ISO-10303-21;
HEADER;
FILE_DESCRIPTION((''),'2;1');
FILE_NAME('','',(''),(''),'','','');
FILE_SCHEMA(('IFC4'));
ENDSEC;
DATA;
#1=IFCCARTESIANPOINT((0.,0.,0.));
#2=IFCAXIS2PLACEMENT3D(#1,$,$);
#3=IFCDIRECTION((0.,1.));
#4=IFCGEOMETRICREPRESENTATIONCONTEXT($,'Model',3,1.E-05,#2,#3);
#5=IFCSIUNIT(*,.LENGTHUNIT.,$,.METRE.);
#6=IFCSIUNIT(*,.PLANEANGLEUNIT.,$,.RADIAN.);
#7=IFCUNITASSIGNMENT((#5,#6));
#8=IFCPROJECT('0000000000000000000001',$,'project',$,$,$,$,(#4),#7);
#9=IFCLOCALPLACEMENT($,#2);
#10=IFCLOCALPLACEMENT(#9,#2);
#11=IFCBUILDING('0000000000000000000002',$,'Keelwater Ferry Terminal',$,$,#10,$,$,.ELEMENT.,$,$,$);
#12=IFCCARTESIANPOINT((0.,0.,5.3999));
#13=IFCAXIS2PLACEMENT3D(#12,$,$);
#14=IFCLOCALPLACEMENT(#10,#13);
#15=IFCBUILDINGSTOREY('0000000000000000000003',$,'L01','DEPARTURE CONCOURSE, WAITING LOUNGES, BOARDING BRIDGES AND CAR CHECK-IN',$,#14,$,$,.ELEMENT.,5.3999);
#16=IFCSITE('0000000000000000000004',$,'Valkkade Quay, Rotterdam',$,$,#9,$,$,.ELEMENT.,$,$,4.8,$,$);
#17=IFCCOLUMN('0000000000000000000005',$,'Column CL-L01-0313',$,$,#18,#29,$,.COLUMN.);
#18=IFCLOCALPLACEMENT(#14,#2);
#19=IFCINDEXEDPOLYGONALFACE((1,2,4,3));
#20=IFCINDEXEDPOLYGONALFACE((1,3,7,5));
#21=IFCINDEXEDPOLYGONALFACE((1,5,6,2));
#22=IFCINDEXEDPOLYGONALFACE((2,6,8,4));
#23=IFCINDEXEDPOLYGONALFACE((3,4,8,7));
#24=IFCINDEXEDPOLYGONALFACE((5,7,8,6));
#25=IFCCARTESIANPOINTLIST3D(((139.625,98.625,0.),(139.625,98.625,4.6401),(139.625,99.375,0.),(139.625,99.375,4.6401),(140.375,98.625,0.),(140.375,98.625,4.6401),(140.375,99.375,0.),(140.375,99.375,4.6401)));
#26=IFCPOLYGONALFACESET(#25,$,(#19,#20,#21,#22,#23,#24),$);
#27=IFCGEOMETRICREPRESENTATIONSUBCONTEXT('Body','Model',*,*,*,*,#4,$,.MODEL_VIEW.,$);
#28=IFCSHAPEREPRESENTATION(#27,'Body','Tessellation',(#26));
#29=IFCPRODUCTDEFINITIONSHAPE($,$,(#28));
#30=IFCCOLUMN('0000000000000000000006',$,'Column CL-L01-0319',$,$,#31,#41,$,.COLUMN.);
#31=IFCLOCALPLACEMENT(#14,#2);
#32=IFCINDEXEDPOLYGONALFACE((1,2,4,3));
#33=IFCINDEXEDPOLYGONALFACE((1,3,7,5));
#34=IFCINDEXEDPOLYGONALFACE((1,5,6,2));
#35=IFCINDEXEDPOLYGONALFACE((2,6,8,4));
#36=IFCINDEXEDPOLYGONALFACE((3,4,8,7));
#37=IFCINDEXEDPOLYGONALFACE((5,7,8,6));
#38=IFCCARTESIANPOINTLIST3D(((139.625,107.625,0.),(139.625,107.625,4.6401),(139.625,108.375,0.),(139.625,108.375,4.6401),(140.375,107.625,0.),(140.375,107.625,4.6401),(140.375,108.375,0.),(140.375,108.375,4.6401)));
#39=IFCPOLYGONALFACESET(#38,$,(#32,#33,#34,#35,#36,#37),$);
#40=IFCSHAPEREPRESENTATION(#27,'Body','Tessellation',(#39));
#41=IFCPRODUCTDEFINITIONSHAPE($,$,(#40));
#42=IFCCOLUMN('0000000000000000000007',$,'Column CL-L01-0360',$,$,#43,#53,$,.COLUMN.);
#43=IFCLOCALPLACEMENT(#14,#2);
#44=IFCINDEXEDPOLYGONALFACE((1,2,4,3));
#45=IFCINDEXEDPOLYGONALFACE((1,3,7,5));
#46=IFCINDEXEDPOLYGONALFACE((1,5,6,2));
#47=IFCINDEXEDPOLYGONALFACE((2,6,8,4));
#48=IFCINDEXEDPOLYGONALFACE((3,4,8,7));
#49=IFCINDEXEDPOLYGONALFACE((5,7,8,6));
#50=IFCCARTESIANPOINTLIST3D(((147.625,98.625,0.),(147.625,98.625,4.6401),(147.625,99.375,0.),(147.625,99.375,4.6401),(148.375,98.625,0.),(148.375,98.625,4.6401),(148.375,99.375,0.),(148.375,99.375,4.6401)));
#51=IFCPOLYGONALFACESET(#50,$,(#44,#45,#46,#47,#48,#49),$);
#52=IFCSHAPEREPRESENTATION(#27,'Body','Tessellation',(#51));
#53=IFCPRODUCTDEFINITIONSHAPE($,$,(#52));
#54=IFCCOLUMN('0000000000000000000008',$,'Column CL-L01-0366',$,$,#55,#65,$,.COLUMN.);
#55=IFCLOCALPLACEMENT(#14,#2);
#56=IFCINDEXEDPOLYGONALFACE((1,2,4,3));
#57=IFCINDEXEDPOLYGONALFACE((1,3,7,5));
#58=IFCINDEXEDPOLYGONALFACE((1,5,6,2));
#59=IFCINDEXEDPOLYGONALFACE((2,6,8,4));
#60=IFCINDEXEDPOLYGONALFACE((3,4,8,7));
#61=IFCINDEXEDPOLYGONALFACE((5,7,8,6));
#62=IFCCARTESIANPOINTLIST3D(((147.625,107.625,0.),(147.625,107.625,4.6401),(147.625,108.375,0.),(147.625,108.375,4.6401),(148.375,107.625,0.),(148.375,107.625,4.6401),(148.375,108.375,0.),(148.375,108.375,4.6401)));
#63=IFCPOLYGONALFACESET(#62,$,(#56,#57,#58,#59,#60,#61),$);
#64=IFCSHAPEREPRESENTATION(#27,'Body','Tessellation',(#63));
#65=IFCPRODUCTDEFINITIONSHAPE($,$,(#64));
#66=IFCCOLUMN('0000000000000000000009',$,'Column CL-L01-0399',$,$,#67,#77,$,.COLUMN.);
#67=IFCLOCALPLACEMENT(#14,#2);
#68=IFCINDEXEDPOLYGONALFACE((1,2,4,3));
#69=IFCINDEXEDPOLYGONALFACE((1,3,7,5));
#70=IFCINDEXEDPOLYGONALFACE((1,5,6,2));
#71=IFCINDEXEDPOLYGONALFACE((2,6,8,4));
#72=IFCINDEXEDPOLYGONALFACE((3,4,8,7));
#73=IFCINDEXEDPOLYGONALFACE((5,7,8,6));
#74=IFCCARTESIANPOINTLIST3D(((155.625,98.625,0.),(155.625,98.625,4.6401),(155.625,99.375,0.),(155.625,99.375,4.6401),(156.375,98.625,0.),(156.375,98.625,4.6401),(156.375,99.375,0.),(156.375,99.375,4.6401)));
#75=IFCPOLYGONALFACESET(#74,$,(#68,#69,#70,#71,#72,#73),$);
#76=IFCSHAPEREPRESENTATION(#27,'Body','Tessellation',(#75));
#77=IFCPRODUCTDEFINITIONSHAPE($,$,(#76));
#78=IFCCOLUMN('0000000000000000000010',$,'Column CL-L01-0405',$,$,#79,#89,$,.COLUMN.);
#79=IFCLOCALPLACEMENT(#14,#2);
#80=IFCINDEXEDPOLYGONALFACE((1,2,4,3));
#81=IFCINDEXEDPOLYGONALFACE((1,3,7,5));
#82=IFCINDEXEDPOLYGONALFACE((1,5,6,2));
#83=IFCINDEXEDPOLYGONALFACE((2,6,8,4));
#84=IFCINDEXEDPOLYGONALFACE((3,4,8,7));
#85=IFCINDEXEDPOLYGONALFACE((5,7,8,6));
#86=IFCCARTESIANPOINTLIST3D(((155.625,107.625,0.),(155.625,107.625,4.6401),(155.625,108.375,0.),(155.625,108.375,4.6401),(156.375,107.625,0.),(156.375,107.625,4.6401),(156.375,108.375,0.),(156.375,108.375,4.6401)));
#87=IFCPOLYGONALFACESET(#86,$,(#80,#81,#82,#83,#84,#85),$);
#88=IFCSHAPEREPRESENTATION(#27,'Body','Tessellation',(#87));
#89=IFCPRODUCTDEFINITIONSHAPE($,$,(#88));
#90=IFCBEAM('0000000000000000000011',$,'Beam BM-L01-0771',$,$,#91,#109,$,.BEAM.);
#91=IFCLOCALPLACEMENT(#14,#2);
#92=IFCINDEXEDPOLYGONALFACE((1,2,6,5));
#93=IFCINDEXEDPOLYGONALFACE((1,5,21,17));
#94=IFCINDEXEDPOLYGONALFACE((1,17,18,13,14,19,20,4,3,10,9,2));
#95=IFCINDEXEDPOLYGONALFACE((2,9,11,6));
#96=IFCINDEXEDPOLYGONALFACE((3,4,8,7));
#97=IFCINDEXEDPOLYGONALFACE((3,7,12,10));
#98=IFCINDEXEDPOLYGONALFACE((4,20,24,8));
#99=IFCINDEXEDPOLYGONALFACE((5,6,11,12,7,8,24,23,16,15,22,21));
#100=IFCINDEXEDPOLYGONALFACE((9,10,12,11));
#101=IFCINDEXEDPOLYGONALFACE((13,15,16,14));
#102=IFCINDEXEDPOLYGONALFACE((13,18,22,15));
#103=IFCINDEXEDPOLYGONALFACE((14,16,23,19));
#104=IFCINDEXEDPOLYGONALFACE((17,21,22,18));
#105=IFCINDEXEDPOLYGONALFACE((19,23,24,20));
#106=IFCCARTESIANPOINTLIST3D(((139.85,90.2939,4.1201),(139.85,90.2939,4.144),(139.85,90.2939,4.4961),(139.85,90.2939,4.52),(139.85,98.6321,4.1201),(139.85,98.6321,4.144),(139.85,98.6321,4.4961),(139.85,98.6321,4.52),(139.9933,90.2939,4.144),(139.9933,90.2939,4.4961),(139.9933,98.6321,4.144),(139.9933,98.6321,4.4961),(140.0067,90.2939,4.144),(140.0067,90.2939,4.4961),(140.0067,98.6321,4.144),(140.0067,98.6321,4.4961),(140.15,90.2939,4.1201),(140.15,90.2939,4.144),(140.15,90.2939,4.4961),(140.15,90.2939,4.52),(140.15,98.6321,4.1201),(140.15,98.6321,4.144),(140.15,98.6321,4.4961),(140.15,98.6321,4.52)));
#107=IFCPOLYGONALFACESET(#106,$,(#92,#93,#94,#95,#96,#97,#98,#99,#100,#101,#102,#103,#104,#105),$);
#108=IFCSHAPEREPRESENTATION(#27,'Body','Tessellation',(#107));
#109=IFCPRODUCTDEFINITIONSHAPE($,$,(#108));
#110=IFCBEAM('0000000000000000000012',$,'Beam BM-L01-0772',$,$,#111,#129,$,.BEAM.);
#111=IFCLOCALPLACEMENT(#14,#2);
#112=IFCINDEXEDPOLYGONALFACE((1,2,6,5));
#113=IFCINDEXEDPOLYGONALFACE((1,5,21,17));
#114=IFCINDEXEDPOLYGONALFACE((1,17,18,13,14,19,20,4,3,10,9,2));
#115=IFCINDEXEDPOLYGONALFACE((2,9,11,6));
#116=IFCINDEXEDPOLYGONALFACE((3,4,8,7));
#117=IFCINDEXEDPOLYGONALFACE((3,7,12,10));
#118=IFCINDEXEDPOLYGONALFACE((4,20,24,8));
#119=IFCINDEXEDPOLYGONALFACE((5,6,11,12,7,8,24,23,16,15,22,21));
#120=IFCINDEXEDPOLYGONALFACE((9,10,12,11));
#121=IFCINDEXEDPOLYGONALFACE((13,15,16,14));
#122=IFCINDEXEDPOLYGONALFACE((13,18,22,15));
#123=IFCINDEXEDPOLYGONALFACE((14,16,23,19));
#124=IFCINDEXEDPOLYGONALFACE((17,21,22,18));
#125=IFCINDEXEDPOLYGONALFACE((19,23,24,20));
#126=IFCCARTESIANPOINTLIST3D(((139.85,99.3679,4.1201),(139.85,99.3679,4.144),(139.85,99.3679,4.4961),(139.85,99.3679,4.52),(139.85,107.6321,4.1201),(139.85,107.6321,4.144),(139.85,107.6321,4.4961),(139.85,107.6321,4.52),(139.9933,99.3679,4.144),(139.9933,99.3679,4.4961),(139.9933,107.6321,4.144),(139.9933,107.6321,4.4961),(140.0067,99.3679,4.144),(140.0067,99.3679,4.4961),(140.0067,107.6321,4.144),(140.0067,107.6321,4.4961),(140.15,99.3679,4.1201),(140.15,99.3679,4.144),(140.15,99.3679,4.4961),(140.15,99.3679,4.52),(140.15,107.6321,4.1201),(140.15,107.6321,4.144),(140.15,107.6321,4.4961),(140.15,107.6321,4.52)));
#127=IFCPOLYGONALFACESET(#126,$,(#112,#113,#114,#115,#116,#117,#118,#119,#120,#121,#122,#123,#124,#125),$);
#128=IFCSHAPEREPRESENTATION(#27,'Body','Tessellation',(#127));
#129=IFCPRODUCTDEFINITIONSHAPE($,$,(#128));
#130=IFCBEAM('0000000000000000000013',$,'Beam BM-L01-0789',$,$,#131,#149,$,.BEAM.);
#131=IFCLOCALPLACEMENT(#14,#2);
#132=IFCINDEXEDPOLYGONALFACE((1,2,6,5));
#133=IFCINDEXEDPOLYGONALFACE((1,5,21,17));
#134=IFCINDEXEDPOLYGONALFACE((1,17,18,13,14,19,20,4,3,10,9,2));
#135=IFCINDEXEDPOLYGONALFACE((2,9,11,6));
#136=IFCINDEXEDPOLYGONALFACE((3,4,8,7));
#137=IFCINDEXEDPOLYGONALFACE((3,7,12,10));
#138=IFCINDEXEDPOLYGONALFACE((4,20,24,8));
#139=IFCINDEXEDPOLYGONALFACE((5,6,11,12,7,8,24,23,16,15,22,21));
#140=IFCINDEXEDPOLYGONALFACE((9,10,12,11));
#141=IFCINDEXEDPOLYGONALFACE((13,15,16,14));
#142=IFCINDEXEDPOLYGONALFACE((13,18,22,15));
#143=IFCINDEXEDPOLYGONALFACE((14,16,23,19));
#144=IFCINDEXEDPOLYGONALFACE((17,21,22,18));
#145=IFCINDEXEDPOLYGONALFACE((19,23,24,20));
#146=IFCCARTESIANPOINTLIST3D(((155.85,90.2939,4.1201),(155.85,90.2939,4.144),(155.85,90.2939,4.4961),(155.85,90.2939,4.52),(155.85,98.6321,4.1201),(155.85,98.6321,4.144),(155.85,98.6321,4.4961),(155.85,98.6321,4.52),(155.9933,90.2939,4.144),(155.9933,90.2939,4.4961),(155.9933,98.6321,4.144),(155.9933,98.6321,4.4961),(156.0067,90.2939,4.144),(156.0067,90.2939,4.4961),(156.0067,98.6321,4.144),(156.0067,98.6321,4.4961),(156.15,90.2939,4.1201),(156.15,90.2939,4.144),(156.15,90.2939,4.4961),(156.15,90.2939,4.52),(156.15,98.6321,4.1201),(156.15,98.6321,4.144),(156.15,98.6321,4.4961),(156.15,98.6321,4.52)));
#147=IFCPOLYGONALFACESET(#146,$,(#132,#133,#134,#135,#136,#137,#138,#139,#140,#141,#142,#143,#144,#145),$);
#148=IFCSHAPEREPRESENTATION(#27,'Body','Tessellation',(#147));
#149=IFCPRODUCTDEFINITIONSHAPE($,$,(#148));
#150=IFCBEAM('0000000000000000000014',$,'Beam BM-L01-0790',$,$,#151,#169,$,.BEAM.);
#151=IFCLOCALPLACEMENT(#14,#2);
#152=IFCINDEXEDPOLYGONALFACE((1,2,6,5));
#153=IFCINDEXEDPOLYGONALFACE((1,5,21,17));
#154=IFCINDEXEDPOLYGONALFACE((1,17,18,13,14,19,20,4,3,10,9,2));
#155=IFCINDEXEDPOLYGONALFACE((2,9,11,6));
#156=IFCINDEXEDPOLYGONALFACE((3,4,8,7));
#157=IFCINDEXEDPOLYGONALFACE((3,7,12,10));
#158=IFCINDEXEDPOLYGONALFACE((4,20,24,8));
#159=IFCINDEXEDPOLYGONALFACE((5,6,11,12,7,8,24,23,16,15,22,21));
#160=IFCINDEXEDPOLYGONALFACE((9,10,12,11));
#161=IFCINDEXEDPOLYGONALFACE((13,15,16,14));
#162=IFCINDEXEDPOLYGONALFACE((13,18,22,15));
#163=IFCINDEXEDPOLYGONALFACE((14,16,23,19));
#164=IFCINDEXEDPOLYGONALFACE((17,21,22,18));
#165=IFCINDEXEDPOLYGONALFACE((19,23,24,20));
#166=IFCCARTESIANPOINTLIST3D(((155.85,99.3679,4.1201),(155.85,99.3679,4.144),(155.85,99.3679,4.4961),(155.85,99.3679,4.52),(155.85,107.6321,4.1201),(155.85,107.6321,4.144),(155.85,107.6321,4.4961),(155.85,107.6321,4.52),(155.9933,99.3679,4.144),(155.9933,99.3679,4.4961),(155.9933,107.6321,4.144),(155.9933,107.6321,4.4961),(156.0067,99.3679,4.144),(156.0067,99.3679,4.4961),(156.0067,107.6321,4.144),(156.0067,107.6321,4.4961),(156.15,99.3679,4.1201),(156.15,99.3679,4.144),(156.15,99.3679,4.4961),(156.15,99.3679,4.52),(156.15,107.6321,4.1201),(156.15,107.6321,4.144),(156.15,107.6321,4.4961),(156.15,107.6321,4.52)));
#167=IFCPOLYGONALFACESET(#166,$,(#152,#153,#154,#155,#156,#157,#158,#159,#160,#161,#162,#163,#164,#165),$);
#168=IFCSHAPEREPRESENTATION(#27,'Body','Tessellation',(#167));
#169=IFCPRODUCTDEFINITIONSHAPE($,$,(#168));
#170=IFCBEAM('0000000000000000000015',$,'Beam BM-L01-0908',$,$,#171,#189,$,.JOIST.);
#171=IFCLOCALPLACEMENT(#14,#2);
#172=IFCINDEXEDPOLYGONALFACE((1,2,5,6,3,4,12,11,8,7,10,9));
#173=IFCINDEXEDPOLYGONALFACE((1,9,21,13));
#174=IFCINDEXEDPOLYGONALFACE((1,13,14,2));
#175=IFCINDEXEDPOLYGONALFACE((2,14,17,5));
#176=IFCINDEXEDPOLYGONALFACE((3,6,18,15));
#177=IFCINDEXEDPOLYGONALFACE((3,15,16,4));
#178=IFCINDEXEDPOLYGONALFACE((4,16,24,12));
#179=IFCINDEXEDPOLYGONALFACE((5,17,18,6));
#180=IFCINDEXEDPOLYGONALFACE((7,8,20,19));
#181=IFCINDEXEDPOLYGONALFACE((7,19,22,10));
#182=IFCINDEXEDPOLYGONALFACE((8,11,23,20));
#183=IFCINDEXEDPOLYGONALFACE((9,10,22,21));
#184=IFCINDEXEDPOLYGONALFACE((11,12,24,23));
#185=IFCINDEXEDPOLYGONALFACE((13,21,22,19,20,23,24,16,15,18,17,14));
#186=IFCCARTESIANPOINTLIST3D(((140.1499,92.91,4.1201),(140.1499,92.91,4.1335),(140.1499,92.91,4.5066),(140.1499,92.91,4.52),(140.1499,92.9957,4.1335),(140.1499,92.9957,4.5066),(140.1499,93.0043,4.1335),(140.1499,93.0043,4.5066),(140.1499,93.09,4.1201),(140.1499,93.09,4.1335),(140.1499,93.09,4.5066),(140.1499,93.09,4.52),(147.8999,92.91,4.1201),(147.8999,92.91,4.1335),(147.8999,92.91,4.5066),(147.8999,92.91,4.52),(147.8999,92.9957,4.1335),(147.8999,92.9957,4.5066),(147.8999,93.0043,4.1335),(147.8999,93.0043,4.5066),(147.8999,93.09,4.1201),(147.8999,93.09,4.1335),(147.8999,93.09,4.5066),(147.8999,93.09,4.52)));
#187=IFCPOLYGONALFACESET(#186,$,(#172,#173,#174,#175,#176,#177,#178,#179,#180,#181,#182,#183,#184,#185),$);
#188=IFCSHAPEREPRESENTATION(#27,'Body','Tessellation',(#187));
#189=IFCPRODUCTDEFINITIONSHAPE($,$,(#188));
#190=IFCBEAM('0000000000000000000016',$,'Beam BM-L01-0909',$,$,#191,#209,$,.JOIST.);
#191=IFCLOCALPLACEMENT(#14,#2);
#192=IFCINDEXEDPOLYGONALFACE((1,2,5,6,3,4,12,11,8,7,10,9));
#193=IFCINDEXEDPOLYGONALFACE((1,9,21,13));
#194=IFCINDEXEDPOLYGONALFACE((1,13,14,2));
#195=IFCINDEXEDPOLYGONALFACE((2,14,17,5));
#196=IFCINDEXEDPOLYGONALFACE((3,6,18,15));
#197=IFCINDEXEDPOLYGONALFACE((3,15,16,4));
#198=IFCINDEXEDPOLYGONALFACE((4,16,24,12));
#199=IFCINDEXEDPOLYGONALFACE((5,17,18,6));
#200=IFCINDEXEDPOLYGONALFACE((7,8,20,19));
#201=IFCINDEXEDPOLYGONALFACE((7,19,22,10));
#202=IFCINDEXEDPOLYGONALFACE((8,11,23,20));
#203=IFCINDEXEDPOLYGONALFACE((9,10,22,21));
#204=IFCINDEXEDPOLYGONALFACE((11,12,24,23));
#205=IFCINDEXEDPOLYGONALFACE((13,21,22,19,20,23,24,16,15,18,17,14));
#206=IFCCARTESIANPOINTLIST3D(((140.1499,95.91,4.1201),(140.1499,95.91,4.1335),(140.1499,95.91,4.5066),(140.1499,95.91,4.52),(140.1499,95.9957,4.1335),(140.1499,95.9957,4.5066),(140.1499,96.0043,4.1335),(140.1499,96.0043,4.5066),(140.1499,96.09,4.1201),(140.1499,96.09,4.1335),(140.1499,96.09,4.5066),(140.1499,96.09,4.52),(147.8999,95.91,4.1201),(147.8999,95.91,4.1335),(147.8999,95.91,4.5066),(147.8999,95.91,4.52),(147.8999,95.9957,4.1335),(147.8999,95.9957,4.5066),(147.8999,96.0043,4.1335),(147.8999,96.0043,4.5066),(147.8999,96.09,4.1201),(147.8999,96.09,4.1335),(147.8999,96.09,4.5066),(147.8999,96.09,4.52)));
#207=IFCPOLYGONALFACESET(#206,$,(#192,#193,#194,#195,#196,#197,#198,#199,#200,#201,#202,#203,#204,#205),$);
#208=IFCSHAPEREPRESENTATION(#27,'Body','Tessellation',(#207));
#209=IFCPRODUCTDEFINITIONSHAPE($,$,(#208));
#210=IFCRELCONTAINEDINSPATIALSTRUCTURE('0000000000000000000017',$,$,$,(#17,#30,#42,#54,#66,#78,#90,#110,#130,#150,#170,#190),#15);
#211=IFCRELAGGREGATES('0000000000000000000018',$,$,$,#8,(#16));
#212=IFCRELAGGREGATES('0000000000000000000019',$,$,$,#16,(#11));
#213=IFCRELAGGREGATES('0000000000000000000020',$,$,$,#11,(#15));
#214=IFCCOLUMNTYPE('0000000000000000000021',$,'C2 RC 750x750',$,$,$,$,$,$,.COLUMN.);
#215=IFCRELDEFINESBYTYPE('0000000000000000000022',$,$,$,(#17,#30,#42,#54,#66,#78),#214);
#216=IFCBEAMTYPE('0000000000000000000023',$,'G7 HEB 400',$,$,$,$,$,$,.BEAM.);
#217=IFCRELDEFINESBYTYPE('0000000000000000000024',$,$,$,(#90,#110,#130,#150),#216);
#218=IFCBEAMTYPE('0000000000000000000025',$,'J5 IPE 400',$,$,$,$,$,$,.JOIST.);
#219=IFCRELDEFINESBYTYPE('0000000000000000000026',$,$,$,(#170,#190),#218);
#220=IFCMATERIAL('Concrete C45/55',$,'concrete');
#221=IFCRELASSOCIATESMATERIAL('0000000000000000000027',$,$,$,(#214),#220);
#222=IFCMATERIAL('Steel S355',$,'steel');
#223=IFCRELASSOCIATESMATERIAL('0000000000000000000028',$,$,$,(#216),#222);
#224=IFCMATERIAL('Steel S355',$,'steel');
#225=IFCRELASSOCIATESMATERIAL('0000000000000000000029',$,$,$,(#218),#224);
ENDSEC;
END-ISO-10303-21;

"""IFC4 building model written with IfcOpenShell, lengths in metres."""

from ifc_helpers import new_model, si_unit, direction, frame, origin, origin_2d, place, context, subcontext, project, spatial, rectangle, i_section, extrude, material, material_profile, profile_set, type_object, element, save


model = new_model("IFC4")

# Units and contexts
model_context = context("Model", 3, precision=1e-05, world=origin(), true_north=direction((0.0, 1.0)))
body_context = subcontext(model_context, "Body", "Model", "MODEL_VIEW")
ifc_project = project(units=[si_unit("LENGTHUNIT", "METRE"), si_unit("PLANEANGLEUNIT", "RADIAN")], contexts=[model_context])

# Site, building, storey
site_placement = place(None, origin())
site = spatial("IfcSite", under=ifc_project, at=site_placement, Name="Valkkade Quay, Rotterdam", CompositionType="ELEMENT", RefElevation=4.8)
building_placement = place(site_placement, origin())
building = spatial("IfcBuilding", under=site, at=building_placement, Name="Keelwater Ferry Terminal", CompositionType="ELEMENT")
storey_placement = place(building_placement, frame((0.0, 0.0, 5.3999)))
storey = spatial("IfcBuildingStorey", under=building, at=storey_placement, Name="L01", Description="DEPARTURE CONCOURSE, WAITING LOUNGES, BOARDING BRIDGES AND CAR CHECK-IN", CompositionType="ELEMENT", Elevation=5.3999)

# Columns
ifc_material_1 = material(Name="Concrete C45/55", Category="concrete")
ifc_material_profile_1 = material_profile(ifc_material_1, rectangle(XDim=0.75, YDim=0.75, at=origin_2d()), Name="RC 750x750")
ifc_profile_set_1 = profile_set([ifc_material_profile_1], Name="Concrete C45/55")
column_type = type_object("IfcColumnType", Name="C2 RC 750x750", PredefinedType="COLUMN", material=ifc_profile_set_1)
for number, where, z_axis, x_axis, name in (
    (1, (140.0, 99.0, 0.0), (0.0, 0.0, 1.0), (1.0, 0.0, 0.0), "Column CL-L01-0313"),
    (2, (140.0, 108.0, 0.0), (0.0, 0.0, 1.0), (1.0, 0.0, 0.0), "Column CL-L01-0319"),
    (3, (148.0, 99.0, 0.0), (0.0, 0.0, 1.0), (1.0, 0.0, 0.0), "Column CL-L01-0360"),
    (4, (148.0, 108.0, 0.0), (0.0, 0.0, 1.0), (1.0, 0.0, 0.0), "Column CL-L01-0366"),
    (5, (156.0, 99.0, 0.0), (0.0, 0.0, 1.0), (1.0, 0.0, 0.0), "Column CL-L01-0399"),
    (6, (156.0, 108.0, 0.0), (0.0, 0.0, 1.0), (1.0, 0.0, 0.0), "Column CL-L01-0405"),
):
    element("IfcColumn", number, at=place(storey_placement, frame(where, z_axis=z_axis, x_axis=x_axis)), inside=storey, type_object=column_type, Name=name, PredefinedType="COLUMN", context=body_context, shape_type="SweptSolid", body=[
        extrude(rectangle(XDim=0.75, YDim=0.75, at=origin_2d()), origin(), (0.0, 0.0, 1.0), 4.6401),
    ])

# Beams
ifc_material_2 = material(Name="Steel S355", Category="steel")
ifc_material_profile_2 = material_profile(ifc_material_2, i_section(OverallWidth=0.3, OverallDepth=0.3999, WebThickness=0.0134, FlangeThickness=0.0239, at=origin_2d()), Name="HEB 400")
ifc_profile_set_2 = profile_set([ifc_material_profile_2], Name="Steel S355")
beam_type_1 = type_object("IfcBeamType", Name="G7 HEB 400", PredefinedType="BEAM", material=ifc_profile_set_2)
beam_1_placement = place(storey_placement, frame((140.0, 90.2939, 4.3201), z_axis=(0.0, 1.0, 0.0), x_axis=(-1.0, 0.0, 0.0)))
element("IfcBeam", 7, at=beam_1_placement, inside=storey, type_object=beam_type_1, Name="Beam BM-L01-0771", PredefinedType="BEAM", context=body_context, shape_type="SweptSolid", body=[
    extrude(i_section(OverallWidth=0.3, OverallDepth=0.3999, WebThickness=0.0134, FlangeThickness=0.0239, at=origin_2d()), origin(), (0.0, 0.0, 1.0), 8.3381),
])
beam_2_placement = place(storey_placement, frame((140.0, 99.3679, 4.3201), z_axis=(0.0, 1.0, 0.0), x_axis=(-1.0, 0.0, 0.0)))
element("IfcBeam", 8, at=beam_2_placement, inside=storey, type_object=beam_type_1, Name="Beam BM-L01-0772", PredefinedType="BEAM", context=body_context, shape_type="SweptSolid", body=[
    extrude(i_section(OverallWidth=0.3, OverallDepth=0.3999, WebThickness=0.0134, FlangeThickness=0.0239, at=origin_2d()), origin(), (0.0, 0.0, 1.0), 8.2642),
])
beam_3_placement = place(storey_placement, frame((156.0, 90.2939, 4.3201), z_axis=(0.0, 1.0, 0.0), x_axis=(-1.0, 0.0, 0.0)))
element("IfcBeam", 9, at=beam_3_placement, inside=storey, type_object=beam_type_1, Name="Beam BM-L01-0789", PredefinedType="BEAM", context=body_context, shape_type="SweptSolid", body=[
    extrude(i_section(OverallWidth=0.3, OverallDepth=0.3999, WebThickness=0.0134, FlangeThickness=0.0239, at=origin_2d()), origin(), (0.0, 0.0, 1.0), 8.3381),
])
beam_4_placement = place(storey_placement, frame((156.0, 99.3679, 4.3201), z_axis=(0.0, 1.0, 0.0), x_axis=(-1.0, 0.0, 0.0)))
element("IfcBeam", 10, at=beam_4_placement, inside=storey, type_object=beam_type_1, Name="Beam BM-L01-0790", PredefinedType="BEAM", context=body_context, shape_type="SweptSolid", body=[
    extrude(i_section(OverallWidth=0.3, OverallDepth=0.3999, WebThickness=0.0134, FlangeThickness=0.0239, at=origin_2d()), origin(), (0.0, 0.0, 1.0), 8.2642),
])
ifc_material_3 = material(Name="Steel S355", Category="steel")
ifc_material_profile_3 = material_profile(ifc_material_3, i_section(OverallWidth=0.1799, OverallDepth=0.3999, WebThickness=0.0085, FlangeThickness=0.0134, at=origin_2d()), Name="IPE 400")
ifc_profile_set_3 = profile_set([ifc_material_profile_3], Name="Steel S355")
beam_type_2 = type_object("IfcBeamType", Name="J5 IPE 400", PredefinedType="JOIST", material=ifc_profile_set_3)
for number, where, z_axis, x_axis, name in (
    (11, (140.1499, 93.0, 4.3201), (1.0, 0.0, 0.0), (0.0, 1.0, 0.0), "Beam BM-L01-0908"),
    (12, (140.1499, 96.0, 4.3201), (1.0, 0.0, 0.0), (0.0, 1.0, 0.0), "Beam BM-L01-0909"),
):
    element("IfcBeam", number, at=place(storey_placement, frame(where, z_axis=z_axis, x_axis=x_axis)), inside=storey, type_object=beam_type_2, Name=name, PredefinedType="JOIST", context=body_context, shape_type="SweptSolid", body=[
        extrude(i_section(OverallWidth=0.1799, OverallDepth=0.3999, WebThickness=0.0085, FlangeThickness=0.0134, at=origin_2d()), origin(), (0.0, 0.0, 1.0), 7.75),
    ])

save(model, "model.ifc")
